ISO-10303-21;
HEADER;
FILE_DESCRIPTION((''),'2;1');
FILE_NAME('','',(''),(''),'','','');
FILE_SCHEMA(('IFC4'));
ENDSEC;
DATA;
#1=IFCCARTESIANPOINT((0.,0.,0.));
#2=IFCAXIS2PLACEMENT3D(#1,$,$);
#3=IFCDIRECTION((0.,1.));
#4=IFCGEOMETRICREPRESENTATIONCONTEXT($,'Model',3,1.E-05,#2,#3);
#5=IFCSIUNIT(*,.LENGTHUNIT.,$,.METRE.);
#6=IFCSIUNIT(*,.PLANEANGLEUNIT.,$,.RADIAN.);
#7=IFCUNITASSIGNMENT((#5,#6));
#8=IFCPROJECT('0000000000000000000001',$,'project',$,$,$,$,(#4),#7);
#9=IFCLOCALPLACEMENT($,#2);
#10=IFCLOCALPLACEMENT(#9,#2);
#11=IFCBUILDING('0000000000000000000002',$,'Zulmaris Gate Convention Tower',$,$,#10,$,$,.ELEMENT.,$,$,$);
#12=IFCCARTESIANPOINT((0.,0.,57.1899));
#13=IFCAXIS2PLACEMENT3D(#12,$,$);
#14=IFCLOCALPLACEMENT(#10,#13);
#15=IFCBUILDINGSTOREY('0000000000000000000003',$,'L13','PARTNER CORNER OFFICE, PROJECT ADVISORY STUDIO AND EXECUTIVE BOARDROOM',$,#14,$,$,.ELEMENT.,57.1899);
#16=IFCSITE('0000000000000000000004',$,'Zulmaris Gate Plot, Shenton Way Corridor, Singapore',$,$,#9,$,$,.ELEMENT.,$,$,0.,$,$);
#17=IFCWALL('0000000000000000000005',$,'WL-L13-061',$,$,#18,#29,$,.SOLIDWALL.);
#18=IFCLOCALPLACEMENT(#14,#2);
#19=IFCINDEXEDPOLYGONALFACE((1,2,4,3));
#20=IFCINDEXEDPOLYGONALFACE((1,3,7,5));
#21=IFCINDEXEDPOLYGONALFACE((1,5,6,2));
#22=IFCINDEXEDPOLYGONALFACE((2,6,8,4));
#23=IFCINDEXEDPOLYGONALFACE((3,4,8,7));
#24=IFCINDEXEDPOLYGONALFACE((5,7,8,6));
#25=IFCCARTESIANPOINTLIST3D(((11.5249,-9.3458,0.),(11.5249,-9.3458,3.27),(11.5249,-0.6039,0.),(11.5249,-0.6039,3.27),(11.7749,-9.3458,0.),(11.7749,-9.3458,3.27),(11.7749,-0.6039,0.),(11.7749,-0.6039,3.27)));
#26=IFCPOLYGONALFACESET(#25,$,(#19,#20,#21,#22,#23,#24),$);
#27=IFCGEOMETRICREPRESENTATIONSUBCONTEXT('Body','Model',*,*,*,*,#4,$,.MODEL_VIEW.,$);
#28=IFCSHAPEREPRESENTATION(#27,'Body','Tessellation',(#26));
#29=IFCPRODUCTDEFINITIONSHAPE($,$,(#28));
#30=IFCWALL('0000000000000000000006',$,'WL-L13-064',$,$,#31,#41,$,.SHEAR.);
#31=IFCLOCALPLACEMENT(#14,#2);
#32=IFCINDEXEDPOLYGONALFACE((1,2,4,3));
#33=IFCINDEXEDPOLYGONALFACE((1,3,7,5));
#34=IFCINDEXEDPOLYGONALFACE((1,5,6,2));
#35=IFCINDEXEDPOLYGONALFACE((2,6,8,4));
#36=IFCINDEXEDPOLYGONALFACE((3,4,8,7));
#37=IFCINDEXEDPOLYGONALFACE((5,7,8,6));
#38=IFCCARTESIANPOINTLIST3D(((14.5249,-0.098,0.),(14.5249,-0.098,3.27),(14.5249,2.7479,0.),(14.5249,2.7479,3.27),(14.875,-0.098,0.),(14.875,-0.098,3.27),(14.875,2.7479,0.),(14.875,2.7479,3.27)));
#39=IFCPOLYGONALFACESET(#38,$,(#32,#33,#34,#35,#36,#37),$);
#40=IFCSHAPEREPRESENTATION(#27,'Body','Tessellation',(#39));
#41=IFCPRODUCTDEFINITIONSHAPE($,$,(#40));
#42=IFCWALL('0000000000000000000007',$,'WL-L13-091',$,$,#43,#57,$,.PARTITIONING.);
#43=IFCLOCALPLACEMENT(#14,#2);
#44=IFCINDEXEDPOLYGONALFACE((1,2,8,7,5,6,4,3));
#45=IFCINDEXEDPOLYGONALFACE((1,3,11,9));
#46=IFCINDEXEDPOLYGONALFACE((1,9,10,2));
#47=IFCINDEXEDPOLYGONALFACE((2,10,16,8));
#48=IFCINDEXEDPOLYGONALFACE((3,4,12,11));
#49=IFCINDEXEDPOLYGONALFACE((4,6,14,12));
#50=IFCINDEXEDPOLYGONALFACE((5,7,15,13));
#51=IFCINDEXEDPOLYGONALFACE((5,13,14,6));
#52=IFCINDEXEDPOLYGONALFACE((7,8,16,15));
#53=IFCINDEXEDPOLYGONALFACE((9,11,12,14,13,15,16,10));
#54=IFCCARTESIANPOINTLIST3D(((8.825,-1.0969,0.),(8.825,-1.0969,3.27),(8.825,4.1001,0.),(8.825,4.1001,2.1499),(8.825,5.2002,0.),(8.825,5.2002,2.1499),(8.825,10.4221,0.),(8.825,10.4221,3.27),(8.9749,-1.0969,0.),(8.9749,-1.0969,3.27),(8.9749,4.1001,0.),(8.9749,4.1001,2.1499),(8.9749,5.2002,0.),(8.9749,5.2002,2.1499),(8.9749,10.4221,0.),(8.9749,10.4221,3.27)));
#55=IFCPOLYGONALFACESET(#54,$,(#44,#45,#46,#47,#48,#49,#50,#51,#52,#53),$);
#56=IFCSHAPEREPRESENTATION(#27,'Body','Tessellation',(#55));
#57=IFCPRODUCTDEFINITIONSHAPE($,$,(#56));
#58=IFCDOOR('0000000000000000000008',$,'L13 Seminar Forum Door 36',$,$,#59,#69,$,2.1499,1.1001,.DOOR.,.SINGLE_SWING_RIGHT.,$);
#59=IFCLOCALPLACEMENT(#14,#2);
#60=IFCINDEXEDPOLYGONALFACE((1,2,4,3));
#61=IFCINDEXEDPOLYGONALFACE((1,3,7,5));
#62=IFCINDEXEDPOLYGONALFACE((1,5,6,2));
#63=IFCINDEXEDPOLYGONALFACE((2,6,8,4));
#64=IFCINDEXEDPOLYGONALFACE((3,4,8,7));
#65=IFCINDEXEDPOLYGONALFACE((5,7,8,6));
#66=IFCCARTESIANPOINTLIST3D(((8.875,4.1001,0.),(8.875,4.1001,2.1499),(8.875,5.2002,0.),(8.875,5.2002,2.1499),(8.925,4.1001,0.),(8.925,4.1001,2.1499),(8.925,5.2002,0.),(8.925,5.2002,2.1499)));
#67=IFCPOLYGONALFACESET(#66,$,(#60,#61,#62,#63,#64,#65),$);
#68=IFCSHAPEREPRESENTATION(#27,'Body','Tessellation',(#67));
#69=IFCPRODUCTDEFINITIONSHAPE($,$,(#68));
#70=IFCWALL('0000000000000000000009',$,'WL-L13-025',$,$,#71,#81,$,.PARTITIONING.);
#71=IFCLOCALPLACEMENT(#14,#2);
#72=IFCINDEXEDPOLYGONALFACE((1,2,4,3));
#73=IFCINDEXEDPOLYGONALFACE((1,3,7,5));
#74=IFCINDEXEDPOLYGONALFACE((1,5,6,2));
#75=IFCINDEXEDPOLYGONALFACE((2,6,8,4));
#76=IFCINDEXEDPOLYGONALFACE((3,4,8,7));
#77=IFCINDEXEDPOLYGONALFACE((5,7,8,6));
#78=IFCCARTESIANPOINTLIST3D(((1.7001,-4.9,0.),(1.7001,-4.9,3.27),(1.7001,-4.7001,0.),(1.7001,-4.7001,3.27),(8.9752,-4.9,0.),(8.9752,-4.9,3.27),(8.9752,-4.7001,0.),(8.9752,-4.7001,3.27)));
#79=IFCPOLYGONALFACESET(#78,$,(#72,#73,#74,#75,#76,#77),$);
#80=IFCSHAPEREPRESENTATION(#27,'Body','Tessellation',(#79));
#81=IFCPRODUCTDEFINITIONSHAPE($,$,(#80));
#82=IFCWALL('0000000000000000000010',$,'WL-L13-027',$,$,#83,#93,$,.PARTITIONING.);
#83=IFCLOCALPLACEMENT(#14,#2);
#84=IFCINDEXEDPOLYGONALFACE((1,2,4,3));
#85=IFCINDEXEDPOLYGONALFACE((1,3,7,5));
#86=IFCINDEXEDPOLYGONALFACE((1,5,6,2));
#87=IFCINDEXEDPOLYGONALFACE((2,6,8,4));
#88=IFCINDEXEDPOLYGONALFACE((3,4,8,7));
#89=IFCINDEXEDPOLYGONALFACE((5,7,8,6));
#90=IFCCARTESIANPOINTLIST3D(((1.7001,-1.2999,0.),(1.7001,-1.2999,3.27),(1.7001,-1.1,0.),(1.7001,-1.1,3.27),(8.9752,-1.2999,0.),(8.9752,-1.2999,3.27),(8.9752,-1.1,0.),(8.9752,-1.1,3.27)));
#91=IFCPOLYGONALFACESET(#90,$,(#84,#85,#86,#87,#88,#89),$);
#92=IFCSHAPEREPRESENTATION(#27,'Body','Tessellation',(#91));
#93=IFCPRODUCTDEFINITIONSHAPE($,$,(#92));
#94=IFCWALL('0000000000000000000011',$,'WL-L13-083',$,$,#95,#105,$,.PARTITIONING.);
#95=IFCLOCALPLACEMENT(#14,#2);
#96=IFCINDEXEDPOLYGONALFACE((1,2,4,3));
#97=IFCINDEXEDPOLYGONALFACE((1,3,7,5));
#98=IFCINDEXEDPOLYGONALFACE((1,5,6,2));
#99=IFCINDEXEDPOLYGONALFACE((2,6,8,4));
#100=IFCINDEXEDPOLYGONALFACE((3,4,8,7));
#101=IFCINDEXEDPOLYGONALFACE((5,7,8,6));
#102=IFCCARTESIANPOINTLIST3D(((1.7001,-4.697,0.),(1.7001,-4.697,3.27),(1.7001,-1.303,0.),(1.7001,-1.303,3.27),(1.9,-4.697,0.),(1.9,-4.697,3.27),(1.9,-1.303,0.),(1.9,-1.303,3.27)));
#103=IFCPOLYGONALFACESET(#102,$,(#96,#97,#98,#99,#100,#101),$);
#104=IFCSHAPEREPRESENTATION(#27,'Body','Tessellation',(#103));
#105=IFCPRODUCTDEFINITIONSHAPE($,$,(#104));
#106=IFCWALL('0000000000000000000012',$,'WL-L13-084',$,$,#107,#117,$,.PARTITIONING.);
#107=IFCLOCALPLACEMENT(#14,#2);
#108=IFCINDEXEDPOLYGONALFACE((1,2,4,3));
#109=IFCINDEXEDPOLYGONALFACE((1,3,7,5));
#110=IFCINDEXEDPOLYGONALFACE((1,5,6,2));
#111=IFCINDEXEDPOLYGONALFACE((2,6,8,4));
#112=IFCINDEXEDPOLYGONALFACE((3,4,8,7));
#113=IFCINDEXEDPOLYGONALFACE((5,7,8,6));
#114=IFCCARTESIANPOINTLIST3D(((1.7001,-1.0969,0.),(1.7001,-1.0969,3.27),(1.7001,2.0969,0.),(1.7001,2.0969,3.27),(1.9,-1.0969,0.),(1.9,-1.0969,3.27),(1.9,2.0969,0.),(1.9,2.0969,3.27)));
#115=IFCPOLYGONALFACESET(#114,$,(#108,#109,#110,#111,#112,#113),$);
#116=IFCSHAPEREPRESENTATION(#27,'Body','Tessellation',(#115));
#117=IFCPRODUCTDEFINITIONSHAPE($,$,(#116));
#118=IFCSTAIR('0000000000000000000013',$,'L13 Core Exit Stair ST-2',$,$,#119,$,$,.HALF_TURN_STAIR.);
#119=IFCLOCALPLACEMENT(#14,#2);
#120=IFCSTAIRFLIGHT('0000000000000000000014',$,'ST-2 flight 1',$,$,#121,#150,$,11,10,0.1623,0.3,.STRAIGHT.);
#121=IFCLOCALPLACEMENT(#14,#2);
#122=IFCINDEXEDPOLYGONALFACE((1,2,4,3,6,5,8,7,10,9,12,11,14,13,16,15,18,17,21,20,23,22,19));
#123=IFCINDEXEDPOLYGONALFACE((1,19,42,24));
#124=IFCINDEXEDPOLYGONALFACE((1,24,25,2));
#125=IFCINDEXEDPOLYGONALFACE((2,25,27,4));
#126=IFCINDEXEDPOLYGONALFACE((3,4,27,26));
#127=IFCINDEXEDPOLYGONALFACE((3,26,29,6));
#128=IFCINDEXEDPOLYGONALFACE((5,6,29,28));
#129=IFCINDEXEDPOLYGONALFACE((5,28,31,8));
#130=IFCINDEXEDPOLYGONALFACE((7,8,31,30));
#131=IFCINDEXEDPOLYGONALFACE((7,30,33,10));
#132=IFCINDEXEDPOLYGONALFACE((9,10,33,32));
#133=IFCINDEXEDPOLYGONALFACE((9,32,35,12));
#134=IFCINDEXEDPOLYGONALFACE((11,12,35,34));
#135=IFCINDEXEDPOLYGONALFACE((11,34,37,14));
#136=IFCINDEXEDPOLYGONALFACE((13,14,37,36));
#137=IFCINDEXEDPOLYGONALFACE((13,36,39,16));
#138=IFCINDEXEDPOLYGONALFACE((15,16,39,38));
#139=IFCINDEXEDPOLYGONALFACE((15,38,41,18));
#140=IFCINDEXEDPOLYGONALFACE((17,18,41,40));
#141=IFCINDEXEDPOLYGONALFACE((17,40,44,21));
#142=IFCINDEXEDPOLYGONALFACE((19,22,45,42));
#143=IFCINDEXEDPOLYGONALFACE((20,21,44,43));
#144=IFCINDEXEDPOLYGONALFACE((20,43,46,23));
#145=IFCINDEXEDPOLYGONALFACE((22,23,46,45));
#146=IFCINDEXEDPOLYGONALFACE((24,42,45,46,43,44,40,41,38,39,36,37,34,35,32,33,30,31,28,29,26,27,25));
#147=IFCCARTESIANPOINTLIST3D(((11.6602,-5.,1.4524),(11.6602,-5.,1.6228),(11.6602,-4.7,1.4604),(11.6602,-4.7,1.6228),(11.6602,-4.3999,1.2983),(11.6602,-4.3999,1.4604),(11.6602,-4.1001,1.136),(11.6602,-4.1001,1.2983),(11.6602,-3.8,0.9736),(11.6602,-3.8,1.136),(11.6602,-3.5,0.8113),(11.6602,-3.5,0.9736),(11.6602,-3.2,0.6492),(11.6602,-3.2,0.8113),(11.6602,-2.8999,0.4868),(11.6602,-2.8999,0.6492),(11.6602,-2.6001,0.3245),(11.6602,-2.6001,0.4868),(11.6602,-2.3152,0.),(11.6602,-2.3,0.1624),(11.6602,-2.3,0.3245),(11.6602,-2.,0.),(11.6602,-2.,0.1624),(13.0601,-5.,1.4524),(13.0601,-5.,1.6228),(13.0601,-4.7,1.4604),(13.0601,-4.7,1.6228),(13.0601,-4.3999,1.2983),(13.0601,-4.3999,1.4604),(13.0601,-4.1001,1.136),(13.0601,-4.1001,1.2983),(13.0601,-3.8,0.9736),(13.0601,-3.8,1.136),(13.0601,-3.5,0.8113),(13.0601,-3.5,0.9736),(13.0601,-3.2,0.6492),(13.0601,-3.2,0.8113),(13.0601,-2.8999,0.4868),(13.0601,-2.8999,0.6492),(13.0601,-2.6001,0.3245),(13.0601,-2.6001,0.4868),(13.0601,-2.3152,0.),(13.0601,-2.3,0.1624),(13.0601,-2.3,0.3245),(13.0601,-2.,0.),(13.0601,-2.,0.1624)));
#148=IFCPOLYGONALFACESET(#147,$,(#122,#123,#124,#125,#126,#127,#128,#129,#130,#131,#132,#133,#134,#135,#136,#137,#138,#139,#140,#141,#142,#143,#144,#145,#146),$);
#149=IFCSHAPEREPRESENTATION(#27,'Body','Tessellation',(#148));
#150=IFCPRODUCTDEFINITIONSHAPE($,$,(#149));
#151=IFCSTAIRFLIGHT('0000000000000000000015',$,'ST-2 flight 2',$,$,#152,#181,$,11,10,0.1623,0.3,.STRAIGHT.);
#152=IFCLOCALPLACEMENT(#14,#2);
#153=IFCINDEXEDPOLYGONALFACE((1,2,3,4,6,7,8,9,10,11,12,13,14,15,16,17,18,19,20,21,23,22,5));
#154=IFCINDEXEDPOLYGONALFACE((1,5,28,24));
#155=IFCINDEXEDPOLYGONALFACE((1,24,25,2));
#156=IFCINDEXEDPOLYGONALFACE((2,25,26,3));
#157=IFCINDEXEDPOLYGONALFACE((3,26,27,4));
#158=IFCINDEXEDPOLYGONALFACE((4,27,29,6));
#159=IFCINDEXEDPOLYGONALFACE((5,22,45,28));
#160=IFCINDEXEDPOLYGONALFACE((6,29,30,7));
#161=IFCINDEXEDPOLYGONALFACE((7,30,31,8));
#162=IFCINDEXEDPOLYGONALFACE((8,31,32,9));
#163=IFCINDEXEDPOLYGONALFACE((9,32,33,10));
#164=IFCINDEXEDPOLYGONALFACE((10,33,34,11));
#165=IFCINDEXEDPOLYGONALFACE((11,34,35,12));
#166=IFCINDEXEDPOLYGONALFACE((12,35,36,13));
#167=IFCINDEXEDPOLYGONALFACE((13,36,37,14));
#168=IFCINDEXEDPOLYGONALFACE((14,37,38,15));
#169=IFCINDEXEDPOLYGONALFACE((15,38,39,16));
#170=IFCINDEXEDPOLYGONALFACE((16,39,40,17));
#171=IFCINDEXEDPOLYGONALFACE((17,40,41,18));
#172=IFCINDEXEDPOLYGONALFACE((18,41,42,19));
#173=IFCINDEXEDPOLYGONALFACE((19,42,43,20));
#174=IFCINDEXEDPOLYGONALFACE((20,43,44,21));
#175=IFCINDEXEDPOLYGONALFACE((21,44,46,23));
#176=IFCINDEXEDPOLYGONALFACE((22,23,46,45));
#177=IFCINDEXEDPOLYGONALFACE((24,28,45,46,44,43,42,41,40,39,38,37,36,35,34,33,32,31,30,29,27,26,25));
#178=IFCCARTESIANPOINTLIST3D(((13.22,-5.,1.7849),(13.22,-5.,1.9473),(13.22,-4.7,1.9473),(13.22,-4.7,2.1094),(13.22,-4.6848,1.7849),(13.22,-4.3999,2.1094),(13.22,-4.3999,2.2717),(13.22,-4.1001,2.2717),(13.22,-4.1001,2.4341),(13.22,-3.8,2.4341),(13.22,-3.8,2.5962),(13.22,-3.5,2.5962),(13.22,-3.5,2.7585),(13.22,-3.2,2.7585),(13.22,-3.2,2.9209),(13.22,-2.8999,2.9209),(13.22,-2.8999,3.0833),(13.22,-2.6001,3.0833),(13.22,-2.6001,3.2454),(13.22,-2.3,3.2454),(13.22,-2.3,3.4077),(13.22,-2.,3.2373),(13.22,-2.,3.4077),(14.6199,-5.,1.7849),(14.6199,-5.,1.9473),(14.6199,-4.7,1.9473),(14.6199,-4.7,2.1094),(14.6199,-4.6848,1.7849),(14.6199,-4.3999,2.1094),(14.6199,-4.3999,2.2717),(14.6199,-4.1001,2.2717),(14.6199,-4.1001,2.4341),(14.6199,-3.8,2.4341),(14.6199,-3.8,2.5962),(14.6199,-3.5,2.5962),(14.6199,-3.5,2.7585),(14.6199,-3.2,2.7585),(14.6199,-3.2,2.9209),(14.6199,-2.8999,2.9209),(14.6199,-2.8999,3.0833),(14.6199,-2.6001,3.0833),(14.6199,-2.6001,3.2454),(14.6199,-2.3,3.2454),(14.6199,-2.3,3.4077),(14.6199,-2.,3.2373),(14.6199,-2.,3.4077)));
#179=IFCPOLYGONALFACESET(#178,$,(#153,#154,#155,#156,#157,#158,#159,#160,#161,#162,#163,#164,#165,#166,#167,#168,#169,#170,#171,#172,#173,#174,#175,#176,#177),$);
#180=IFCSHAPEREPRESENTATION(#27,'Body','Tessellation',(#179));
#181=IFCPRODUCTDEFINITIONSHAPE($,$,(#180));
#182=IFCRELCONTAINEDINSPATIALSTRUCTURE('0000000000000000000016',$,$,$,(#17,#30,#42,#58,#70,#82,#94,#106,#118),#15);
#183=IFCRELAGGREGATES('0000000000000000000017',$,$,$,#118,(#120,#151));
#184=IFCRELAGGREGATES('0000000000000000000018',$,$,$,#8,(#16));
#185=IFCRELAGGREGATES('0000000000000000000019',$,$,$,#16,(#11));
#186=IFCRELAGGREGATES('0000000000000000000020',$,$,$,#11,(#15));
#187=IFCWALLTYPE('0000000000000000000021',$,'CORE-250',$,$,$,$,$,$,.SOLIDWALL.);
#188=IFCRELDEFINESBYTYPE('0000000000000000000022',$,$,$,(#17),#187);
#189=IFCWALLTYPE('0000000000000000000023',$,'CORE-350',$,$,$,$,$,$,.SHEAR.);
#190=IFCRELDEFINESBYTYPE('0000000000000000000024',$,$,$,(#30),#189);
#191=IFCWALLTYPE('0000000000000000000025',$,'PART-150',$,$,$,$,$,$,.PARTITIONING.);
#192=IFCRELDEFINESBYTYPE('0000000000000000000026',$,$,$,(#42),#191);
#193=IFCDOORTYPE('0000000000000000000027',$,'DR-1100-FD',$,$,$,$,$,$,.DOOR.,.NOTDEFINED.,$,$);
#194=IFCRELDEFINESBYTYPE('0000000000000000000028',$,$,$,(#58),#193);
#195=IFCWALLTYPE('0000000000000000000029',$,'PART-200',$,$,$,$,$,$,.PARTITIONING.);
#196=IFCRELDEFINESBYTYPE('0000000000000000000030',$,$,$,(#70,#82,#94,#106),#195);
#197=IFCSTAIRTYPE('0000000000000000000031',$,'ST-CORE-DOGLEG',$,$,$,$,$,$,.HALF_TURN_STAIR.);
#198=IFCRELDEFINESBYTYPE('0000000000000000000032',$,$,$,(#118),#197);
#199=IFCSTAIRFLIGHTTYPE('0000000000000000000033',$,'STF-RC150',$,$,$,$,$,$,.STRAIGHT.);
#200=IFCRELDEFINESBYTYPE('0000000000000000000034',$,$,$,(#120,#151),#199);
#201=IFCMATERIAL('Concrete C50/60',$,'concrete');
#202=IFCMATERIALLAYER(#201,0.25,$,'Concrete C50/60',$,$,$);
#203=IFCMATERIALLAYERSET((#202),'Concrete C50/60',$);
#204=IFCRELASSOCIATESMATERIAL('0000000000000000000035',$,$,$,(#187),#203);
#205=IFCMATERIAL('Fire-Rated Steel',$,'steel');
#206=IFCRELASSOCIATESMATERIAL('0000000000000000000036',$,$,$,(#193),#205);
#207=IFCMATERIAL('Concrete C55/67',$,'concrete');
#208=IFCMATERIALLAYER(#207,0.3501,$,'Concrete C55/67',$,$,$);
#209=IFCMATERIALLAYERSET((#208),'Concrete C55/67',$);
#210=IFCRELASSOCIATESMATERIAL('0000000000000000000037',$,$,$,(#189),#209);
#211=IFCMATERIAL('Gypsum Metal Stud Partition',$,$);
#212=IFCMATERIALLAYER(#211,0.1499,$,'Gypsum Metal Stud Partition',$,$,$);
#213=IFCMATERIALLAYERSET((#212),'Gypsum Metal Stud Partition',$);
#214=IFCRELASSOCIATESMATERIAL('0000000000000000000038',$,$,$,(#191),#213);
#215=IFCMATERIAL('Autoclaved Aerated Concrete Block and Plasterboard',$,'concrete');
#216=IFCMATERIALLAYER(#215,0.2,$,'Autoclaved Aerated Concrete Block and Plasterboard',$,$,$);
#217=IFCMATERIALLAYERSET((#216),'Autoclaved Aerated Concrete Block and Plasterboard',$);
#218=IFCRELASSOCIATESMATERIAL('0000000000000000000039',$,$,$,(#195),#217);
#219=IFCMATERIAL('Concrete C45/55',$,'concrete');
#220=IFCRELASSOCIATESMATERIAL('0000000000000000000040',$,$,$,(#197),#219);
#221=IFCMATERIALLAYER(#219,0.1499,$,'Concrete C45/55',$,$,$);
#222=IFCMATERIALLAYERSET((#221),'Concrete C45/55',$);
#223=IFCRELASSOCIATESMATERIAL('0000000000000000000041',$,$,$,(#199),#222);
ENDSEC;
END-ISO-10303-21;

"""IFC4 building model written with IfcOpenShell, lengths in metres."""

from ifc_helpers import new_model, si_unit, direction, frame, frame_2d, origin, place, context, subcontext, project, spatial, polyline, rectangle, outline, extrude, material, layer, layer_set, type_object, element, fill, aggregate, save


model = new_model("IFC4")

# Units and contexts
model_context = context("Model", 3, precision=1e-05, world=origin(), true_north=direction((0.0, 1.0)))
body_context = subcontext(model_context, "Body", "Model", "MODEL_VIEW")
ifc_project = project(units=[si_unit("LENGTHUNIT", "METRE"), si_unit("PLANEANGLEUNIT", "RADIAN")], contexts=[model_context])

# Site, building, storey
site_placement = place(None, origin())
site = spatial("IfcSite", under=ifc_project, at=site_placement, Name="Zulmaris Gate Plot, Shenton Way Corridor, Singapore", CompositionType="ELEMENT", RefElevation=0.0)
building_placement = place(site_placement, origin())
building = spatial("IfcBuilding", under=site, at=building_placement, Name="Zulmaris Gate Convention Tower", CompositionType="ELEMENT")
storey_placement = place(building_placement, frame((0.0, 0.0, 57.1899)))
storey = spatial("IfcBuildingStorey", under=building, at=storey_placement, Name="L13", Description="PARTNER CORNER OFFICE, PROJECT ADVISORY STUDIO AND EXECUTIVE BOARDROOM", CompositionType="ELEMENT", Elevation=57.1899)

# Wall
ifc_material_1 = material(Name="Concrete C50/60", Category="concrete")
ifc_layer_1 = layer(ifc_material_1, 0.25, Name="Concrete C50/60")
ifc_layer_set_1 = layer_set([ifc_layer_1], Name="Concrete C50/60")
wall_type_1 = type_object("IfcWallType", Name="CORE-250", PredefinedType="SOLIDWALL", material=ifc_layer_set_1)
wall_1_placement = place(storey_placement, frame((11.6499, -9.3459, 0.0), z_axis=(0.0, 0.0, 1.0), x_axis=(0.0, 1.0, 0.0)))
element("IfcWall", 1, at=wall_1_placement, inside=storey, type_object=wall_type_1, Name="WL-L13-061", PredefinedType="SOLIDWALL", context=body_context, shape_type="SweptSolid", body=[
    extrude(rectangle(XDim=8.7419, YDim=0.25, at=frame_2d((4.3711, 0.0))), origin(), (0.0, 0.0, 1.0), 3.27),
])

# Shared definitions
ifc_material_2 = material(Name="Fire-Rated Steel", Category="steel")
door_type_1 = type_object("IfcDoorType", Name="DR-1100-FD", OperationType="NOTDEFINED", PredefinedType="DOOR", material=ifc_material_2)

# Wall
ifc_material_3 = material(Name="Concrete C55/67", Category="concrete")
ifc_layer_2 = layer(ifc_material_3, 0.3501, Name="Concrete C55/67")
ifc_layer_set_2 = layer_set([ifc_layer_2], Name="Concrete C55/67")
wall_type_2 = type_object("IfcWallType", Name="CORE-350", PredefinedType="SHEAR", material=ifc_layer_set_2)
wall_2_placement = place(storey_placement, frame((14.7, -0.0979, 0.0), z_axis=(0.0, 0.0, 1.0), x_axis=(0.0, 1.0, 0.0)))
element("IfcWall", 2, at=wall_2_placement, inside=storey, type_object=wall_type_2, Name="WL-L13-064", PredefinedType="SHEAR", context=body_context, shape_type="SweptSolid", body=[
    extrude(rectangle(XDim=2.8459, YDim=0.3501, at=frame_2d((1.4229, 0.0))), origin(), (0.0, 0.0, 1.0), 3.27),
])

# Wall, opening, door
ifc_material_4 = material(Name="Gypsum Metal Stud Partition")
ifc_layer_3 = layer(ifc_material_4, 0.1499, Name="Gypsum Metal Stud Partition")
ifc_layer_set_3 = layer_set([ifc_layer_3], Name="Gypsum Metal Stud Partition")
wall_type_3 = type_object("IfcWallType", Name="PART-150", PredefinedType="PARTITIONING", material=ifc_layer_set_3)
wall_3_placement = place(storey_placement, frame((8.8999, -1.0969, 0.0), z_axis=(0.0, 0.0, 1.0), x_axis=(0.0, 1.0, 0.0)))
wall_3 = element("IfcWall", 3, at=wall_3_placement, inside=storey, type_object=wall_type_3, Name="WL-L13-091", PredefinedType="PARTITIONING", context=body_context, shape_type="SweptSolid", body=[
    extrude(rectangle(XDim=11.519, YDim=0.1499, at=frame_2d((5.7595, 0.0))), origin(), (0.0, 0.0, 1.0), 3.27),
])
opening_1_placement = place(wall_3_placement, frame((5.197, 0.0, 0.0)))
opening_1 = element("IfcOpeningElement", 4, at=opening_1_placement, cuts=wall_3, PredefinedType="OPENING", context=body_context, shape_type="SweptSolid", body=[
    extrude(rectangle(XDim=1.1001, YDim=2.1499, at=frame_2d((0.55, 1.075))), frame((0.0, 0.085, 0.0), z_axis=(0.0, -1.0, 0.0), x_axis=(1.0, 0.0, 0.0)), (0.0, 0.0, 1.0), 0.1699),
])
door_1_placement = place(opening_1_placement, origin())
door_1 = element("IfcDoor", 5, at=door_1_placement, inside=storey, type_object=door_type_1, Name="L13 Seminar Forum Door 36", OperationType="SINGLE_SWING_RIGHT", OverallHeight=2.1499, OverallWidth=1.1001, PredefinedType="DOOR", context=body_context, shape_type="SweptSolid", body=[
    extrude(rectangle(XDim=1.1001, YDim=2.1499, at=frame_2d((0.55, 1.075))), frame((0.0, 0.0249, 0.0), z_axis=(0.0, -1.0, 0.0), x_axis=(1.0, 0.0, 0.0)), (0.0, 0.0, 1.0), 0.05),
])
fill(opening_1, door_1)

# Walls
ifc_material_5 = material(Name="Autoclaved Aerated Concrete Block and Plasterboard", Category="concrete")
ifc_layer_4 = layer(ifc_material_5, 0.2, Name="Autoclaved Aerated Concrete Block and Plasterboard")
ifc_layer_set_4 = layer_set([ifc_layer_4], Name="Autoclaved Aerated Concrete Block and Plasterboard")
wall_type_4 = type_object("IfcWallType", Name="PART-200", PredefinedType="PARTITIONING", material=ifc_layer_set_4)
for number, where, z_axis, x_axis, name in (
    (6, (1.7, -4.8, 0.0), (0.0, 0.0, 1.0), (1.0, 0.0, 0.0), "WL-L13-025"),
    (7, (1.7, -1.2, 0.0), (0.0, 0.0, 1.0), (1.0, 0.0, 0.0), "WL-L13-027"),
):
    element("IfcWall", number, at=place(storey_placement, frame(where, z_axis=z_axis, x_axis=x_axis)), inside=storey, type_object=wall_type_4, Name=name, PredefinedType="PARTITIONING", context=body_context, shape_type="SweptSolid", body=[
        extrude(rectangle(XDim=7.2751, YDim=0.2, at=frame_2d((3.6377, 0.0))), origin(), (0.0, 0.0, 1.0), 3.27),
    ])
wall_4_placement = place(storey_placement, frame((1.8, -4.697, 0.0), z_axis=(0.0, 0.0, 1.0), x_axis=(0.0, 1.0, 0.0)))
element("IfcWall", 8, at=wall_4_placement, inside=storey, type_object=wall_type_4, Name="WL-L13-083", PredefinedType="PARTITIONING", context=body_context, shape_type="SweptSolid", body=[
    extrude(rectangle(XDim=3.394, YDim=0.2, at=frame_2d((1.697, 0.0))), origin(), (0.0, 0.0, 1.0), 3.27),
])
wall_5_placement = place(storey_placement, frame((1.8, -1.0969, 0.0), z_axis=(0.0, 0.0, 1.0), x_axis=(0.0, 1.0, 0.0)))
element("IfcWall", 9, at=wall_5_placement, inside=storey, type_object=wall_type_4, Name="WL-L13-084", PredefinedType="PARTITIONING", context=body_context, shape_type="SweptSolid", body=[
    extrude(rectangle(XDim=3.1938, YDim=0.2, at=frame_2d((1.5969, 0.0))), origin(), (0.0, 0.0, 1.0), 3.27),
])

# Stair, stair flights
ifc_material_6 = material(Name="Concrete C45/55", Category="concrete")
stair_type = type_object("IfcStairType", Name="ST-CORE-DOGLEG", PredefinedType="HALF_TURN_STAIR", material=ifc_material_6)
stair_placement = place(storey_placement, origin())
stair = element("IfcStair", 10, at=stair_placement, inside=storey, type_object=stair_type, Name="L13 Core Exit Stair ST-2", PredefinedType="HALF_TURN_STAIR")
ifc_layer_5 = layer(ifc_material_6, 0.1499, Name="Concrete C45/55")
ifc_layer_set_5 = layer_set([ifc_layer_5], Name="Concrete C45/55")
stair_flight_type = type_object("IfcStairFlightType", Name="STF-RC150", PredefinedType="STRAIGHT", material=ifc_layer_set_5)
stair_flight_1_placement = place(storey_placement, frame((12.3601, -2.0, 0.0), z_axis=(0.0, 0.0, 1.0), x_axis=(0.0, -1.0, 0.0)))
stair_flight_1 = element("IfcStairFlight", 11, at=stair_flight_1_placement, type_object=stair_flight_type, Name="ST-2 flight 1", NumberOfRisers=11, NumberOfTreads=10, PredefinedType="STRAIGHT", RiserHeight=0.1623, TreadLength=0.3, context=body_context, shape_type="SweptSolid", body=[
    extrude(outline(polyline([(0.0, 0.0), (0.0, 0.1624), (0.3, 0.1624), (0.3, 0.3245), (0.6001, 0.3245), (0.6001, 0.4868), (0.8999, 0.4868), (0.8999, 0.6492), (1.2, 0.6492), (1.2, 0.8113), (1.5, 0.8113), (1.5, 0.9736), (1.8, 0.9736), (1.8, 1.136), (2.1001, 1.136), (2.1001, 1.2983), (2.3999, 1.2983), (2.3999, 1.4604), (2.7, 1.4604), (2.7, 1.6228), (3.0, 1.6228), (3.0, 1.7852), (3.0, 1.4524), (0.3152, 0.0), (0.0, 0.0)])), frame((0.0, 0.7, 0.0), z_axis=(0.0, -1.0, 0.0), x_axis=(1.0, 0.0, 0.0)), (0.0, 0.0, 1.0), 1.3999),
])
stair_flight_2_placement = place(storey_placement, frame((13.9199, -5.0, 1.7849), z_axis=(0.0, 0.0, 1.0), x_axis=(0.0, 1.0, 0.0)))
stair_flight_2 = element("IfcStairFlight", 12, at=stair_flight_2_placement, type_object=stair_flight_type, Name="ST-2 flight 2", NumberOfRisers=11, NumberOfTreads=10, PredefinedType="STRAIGHT", RiserHeight=0.1623, TreadLength=0.3, context=body_context, shape_type="SweptSolid", body=[
    extrude(outline(polyline([(0.0, 0.0), (0.0, 0.1624), (0.3, 0.1624), (0.3, 0.3245), (0.6001, 0.3245), (0.6001, 0.4868), (0.8999, 0.4868), (0.8999, 0.6492), (1.2, 0.6492), (1.2, 0.8113), (1.5, 0.8113), (1.5, 0.9736), (1.8, 0.9736), (1.8, 1.136), (2.1001, 1.136), (2.1001, 1.2983), (2.3999, 1.2983), (2.3999, 1.4604), (2.7, 1.4604), (2.7, 1.6228), (3.0, 1.6228), (3.0, 1.7852), (3.0, 1.4524), (0.3152, 0.0), (0.0, 0.0)])), frame((0.0, 0.7, 0.0), z_axis=(0.0, -1.0, 0.0), x_axis=(1.0, 0.0, 0.0)), (0.0, 0.0, 1.0), 1.3999),
])
aggregate(stair, [stair_flight_1, stair_flight_2])

save(model, "model.ifc")
